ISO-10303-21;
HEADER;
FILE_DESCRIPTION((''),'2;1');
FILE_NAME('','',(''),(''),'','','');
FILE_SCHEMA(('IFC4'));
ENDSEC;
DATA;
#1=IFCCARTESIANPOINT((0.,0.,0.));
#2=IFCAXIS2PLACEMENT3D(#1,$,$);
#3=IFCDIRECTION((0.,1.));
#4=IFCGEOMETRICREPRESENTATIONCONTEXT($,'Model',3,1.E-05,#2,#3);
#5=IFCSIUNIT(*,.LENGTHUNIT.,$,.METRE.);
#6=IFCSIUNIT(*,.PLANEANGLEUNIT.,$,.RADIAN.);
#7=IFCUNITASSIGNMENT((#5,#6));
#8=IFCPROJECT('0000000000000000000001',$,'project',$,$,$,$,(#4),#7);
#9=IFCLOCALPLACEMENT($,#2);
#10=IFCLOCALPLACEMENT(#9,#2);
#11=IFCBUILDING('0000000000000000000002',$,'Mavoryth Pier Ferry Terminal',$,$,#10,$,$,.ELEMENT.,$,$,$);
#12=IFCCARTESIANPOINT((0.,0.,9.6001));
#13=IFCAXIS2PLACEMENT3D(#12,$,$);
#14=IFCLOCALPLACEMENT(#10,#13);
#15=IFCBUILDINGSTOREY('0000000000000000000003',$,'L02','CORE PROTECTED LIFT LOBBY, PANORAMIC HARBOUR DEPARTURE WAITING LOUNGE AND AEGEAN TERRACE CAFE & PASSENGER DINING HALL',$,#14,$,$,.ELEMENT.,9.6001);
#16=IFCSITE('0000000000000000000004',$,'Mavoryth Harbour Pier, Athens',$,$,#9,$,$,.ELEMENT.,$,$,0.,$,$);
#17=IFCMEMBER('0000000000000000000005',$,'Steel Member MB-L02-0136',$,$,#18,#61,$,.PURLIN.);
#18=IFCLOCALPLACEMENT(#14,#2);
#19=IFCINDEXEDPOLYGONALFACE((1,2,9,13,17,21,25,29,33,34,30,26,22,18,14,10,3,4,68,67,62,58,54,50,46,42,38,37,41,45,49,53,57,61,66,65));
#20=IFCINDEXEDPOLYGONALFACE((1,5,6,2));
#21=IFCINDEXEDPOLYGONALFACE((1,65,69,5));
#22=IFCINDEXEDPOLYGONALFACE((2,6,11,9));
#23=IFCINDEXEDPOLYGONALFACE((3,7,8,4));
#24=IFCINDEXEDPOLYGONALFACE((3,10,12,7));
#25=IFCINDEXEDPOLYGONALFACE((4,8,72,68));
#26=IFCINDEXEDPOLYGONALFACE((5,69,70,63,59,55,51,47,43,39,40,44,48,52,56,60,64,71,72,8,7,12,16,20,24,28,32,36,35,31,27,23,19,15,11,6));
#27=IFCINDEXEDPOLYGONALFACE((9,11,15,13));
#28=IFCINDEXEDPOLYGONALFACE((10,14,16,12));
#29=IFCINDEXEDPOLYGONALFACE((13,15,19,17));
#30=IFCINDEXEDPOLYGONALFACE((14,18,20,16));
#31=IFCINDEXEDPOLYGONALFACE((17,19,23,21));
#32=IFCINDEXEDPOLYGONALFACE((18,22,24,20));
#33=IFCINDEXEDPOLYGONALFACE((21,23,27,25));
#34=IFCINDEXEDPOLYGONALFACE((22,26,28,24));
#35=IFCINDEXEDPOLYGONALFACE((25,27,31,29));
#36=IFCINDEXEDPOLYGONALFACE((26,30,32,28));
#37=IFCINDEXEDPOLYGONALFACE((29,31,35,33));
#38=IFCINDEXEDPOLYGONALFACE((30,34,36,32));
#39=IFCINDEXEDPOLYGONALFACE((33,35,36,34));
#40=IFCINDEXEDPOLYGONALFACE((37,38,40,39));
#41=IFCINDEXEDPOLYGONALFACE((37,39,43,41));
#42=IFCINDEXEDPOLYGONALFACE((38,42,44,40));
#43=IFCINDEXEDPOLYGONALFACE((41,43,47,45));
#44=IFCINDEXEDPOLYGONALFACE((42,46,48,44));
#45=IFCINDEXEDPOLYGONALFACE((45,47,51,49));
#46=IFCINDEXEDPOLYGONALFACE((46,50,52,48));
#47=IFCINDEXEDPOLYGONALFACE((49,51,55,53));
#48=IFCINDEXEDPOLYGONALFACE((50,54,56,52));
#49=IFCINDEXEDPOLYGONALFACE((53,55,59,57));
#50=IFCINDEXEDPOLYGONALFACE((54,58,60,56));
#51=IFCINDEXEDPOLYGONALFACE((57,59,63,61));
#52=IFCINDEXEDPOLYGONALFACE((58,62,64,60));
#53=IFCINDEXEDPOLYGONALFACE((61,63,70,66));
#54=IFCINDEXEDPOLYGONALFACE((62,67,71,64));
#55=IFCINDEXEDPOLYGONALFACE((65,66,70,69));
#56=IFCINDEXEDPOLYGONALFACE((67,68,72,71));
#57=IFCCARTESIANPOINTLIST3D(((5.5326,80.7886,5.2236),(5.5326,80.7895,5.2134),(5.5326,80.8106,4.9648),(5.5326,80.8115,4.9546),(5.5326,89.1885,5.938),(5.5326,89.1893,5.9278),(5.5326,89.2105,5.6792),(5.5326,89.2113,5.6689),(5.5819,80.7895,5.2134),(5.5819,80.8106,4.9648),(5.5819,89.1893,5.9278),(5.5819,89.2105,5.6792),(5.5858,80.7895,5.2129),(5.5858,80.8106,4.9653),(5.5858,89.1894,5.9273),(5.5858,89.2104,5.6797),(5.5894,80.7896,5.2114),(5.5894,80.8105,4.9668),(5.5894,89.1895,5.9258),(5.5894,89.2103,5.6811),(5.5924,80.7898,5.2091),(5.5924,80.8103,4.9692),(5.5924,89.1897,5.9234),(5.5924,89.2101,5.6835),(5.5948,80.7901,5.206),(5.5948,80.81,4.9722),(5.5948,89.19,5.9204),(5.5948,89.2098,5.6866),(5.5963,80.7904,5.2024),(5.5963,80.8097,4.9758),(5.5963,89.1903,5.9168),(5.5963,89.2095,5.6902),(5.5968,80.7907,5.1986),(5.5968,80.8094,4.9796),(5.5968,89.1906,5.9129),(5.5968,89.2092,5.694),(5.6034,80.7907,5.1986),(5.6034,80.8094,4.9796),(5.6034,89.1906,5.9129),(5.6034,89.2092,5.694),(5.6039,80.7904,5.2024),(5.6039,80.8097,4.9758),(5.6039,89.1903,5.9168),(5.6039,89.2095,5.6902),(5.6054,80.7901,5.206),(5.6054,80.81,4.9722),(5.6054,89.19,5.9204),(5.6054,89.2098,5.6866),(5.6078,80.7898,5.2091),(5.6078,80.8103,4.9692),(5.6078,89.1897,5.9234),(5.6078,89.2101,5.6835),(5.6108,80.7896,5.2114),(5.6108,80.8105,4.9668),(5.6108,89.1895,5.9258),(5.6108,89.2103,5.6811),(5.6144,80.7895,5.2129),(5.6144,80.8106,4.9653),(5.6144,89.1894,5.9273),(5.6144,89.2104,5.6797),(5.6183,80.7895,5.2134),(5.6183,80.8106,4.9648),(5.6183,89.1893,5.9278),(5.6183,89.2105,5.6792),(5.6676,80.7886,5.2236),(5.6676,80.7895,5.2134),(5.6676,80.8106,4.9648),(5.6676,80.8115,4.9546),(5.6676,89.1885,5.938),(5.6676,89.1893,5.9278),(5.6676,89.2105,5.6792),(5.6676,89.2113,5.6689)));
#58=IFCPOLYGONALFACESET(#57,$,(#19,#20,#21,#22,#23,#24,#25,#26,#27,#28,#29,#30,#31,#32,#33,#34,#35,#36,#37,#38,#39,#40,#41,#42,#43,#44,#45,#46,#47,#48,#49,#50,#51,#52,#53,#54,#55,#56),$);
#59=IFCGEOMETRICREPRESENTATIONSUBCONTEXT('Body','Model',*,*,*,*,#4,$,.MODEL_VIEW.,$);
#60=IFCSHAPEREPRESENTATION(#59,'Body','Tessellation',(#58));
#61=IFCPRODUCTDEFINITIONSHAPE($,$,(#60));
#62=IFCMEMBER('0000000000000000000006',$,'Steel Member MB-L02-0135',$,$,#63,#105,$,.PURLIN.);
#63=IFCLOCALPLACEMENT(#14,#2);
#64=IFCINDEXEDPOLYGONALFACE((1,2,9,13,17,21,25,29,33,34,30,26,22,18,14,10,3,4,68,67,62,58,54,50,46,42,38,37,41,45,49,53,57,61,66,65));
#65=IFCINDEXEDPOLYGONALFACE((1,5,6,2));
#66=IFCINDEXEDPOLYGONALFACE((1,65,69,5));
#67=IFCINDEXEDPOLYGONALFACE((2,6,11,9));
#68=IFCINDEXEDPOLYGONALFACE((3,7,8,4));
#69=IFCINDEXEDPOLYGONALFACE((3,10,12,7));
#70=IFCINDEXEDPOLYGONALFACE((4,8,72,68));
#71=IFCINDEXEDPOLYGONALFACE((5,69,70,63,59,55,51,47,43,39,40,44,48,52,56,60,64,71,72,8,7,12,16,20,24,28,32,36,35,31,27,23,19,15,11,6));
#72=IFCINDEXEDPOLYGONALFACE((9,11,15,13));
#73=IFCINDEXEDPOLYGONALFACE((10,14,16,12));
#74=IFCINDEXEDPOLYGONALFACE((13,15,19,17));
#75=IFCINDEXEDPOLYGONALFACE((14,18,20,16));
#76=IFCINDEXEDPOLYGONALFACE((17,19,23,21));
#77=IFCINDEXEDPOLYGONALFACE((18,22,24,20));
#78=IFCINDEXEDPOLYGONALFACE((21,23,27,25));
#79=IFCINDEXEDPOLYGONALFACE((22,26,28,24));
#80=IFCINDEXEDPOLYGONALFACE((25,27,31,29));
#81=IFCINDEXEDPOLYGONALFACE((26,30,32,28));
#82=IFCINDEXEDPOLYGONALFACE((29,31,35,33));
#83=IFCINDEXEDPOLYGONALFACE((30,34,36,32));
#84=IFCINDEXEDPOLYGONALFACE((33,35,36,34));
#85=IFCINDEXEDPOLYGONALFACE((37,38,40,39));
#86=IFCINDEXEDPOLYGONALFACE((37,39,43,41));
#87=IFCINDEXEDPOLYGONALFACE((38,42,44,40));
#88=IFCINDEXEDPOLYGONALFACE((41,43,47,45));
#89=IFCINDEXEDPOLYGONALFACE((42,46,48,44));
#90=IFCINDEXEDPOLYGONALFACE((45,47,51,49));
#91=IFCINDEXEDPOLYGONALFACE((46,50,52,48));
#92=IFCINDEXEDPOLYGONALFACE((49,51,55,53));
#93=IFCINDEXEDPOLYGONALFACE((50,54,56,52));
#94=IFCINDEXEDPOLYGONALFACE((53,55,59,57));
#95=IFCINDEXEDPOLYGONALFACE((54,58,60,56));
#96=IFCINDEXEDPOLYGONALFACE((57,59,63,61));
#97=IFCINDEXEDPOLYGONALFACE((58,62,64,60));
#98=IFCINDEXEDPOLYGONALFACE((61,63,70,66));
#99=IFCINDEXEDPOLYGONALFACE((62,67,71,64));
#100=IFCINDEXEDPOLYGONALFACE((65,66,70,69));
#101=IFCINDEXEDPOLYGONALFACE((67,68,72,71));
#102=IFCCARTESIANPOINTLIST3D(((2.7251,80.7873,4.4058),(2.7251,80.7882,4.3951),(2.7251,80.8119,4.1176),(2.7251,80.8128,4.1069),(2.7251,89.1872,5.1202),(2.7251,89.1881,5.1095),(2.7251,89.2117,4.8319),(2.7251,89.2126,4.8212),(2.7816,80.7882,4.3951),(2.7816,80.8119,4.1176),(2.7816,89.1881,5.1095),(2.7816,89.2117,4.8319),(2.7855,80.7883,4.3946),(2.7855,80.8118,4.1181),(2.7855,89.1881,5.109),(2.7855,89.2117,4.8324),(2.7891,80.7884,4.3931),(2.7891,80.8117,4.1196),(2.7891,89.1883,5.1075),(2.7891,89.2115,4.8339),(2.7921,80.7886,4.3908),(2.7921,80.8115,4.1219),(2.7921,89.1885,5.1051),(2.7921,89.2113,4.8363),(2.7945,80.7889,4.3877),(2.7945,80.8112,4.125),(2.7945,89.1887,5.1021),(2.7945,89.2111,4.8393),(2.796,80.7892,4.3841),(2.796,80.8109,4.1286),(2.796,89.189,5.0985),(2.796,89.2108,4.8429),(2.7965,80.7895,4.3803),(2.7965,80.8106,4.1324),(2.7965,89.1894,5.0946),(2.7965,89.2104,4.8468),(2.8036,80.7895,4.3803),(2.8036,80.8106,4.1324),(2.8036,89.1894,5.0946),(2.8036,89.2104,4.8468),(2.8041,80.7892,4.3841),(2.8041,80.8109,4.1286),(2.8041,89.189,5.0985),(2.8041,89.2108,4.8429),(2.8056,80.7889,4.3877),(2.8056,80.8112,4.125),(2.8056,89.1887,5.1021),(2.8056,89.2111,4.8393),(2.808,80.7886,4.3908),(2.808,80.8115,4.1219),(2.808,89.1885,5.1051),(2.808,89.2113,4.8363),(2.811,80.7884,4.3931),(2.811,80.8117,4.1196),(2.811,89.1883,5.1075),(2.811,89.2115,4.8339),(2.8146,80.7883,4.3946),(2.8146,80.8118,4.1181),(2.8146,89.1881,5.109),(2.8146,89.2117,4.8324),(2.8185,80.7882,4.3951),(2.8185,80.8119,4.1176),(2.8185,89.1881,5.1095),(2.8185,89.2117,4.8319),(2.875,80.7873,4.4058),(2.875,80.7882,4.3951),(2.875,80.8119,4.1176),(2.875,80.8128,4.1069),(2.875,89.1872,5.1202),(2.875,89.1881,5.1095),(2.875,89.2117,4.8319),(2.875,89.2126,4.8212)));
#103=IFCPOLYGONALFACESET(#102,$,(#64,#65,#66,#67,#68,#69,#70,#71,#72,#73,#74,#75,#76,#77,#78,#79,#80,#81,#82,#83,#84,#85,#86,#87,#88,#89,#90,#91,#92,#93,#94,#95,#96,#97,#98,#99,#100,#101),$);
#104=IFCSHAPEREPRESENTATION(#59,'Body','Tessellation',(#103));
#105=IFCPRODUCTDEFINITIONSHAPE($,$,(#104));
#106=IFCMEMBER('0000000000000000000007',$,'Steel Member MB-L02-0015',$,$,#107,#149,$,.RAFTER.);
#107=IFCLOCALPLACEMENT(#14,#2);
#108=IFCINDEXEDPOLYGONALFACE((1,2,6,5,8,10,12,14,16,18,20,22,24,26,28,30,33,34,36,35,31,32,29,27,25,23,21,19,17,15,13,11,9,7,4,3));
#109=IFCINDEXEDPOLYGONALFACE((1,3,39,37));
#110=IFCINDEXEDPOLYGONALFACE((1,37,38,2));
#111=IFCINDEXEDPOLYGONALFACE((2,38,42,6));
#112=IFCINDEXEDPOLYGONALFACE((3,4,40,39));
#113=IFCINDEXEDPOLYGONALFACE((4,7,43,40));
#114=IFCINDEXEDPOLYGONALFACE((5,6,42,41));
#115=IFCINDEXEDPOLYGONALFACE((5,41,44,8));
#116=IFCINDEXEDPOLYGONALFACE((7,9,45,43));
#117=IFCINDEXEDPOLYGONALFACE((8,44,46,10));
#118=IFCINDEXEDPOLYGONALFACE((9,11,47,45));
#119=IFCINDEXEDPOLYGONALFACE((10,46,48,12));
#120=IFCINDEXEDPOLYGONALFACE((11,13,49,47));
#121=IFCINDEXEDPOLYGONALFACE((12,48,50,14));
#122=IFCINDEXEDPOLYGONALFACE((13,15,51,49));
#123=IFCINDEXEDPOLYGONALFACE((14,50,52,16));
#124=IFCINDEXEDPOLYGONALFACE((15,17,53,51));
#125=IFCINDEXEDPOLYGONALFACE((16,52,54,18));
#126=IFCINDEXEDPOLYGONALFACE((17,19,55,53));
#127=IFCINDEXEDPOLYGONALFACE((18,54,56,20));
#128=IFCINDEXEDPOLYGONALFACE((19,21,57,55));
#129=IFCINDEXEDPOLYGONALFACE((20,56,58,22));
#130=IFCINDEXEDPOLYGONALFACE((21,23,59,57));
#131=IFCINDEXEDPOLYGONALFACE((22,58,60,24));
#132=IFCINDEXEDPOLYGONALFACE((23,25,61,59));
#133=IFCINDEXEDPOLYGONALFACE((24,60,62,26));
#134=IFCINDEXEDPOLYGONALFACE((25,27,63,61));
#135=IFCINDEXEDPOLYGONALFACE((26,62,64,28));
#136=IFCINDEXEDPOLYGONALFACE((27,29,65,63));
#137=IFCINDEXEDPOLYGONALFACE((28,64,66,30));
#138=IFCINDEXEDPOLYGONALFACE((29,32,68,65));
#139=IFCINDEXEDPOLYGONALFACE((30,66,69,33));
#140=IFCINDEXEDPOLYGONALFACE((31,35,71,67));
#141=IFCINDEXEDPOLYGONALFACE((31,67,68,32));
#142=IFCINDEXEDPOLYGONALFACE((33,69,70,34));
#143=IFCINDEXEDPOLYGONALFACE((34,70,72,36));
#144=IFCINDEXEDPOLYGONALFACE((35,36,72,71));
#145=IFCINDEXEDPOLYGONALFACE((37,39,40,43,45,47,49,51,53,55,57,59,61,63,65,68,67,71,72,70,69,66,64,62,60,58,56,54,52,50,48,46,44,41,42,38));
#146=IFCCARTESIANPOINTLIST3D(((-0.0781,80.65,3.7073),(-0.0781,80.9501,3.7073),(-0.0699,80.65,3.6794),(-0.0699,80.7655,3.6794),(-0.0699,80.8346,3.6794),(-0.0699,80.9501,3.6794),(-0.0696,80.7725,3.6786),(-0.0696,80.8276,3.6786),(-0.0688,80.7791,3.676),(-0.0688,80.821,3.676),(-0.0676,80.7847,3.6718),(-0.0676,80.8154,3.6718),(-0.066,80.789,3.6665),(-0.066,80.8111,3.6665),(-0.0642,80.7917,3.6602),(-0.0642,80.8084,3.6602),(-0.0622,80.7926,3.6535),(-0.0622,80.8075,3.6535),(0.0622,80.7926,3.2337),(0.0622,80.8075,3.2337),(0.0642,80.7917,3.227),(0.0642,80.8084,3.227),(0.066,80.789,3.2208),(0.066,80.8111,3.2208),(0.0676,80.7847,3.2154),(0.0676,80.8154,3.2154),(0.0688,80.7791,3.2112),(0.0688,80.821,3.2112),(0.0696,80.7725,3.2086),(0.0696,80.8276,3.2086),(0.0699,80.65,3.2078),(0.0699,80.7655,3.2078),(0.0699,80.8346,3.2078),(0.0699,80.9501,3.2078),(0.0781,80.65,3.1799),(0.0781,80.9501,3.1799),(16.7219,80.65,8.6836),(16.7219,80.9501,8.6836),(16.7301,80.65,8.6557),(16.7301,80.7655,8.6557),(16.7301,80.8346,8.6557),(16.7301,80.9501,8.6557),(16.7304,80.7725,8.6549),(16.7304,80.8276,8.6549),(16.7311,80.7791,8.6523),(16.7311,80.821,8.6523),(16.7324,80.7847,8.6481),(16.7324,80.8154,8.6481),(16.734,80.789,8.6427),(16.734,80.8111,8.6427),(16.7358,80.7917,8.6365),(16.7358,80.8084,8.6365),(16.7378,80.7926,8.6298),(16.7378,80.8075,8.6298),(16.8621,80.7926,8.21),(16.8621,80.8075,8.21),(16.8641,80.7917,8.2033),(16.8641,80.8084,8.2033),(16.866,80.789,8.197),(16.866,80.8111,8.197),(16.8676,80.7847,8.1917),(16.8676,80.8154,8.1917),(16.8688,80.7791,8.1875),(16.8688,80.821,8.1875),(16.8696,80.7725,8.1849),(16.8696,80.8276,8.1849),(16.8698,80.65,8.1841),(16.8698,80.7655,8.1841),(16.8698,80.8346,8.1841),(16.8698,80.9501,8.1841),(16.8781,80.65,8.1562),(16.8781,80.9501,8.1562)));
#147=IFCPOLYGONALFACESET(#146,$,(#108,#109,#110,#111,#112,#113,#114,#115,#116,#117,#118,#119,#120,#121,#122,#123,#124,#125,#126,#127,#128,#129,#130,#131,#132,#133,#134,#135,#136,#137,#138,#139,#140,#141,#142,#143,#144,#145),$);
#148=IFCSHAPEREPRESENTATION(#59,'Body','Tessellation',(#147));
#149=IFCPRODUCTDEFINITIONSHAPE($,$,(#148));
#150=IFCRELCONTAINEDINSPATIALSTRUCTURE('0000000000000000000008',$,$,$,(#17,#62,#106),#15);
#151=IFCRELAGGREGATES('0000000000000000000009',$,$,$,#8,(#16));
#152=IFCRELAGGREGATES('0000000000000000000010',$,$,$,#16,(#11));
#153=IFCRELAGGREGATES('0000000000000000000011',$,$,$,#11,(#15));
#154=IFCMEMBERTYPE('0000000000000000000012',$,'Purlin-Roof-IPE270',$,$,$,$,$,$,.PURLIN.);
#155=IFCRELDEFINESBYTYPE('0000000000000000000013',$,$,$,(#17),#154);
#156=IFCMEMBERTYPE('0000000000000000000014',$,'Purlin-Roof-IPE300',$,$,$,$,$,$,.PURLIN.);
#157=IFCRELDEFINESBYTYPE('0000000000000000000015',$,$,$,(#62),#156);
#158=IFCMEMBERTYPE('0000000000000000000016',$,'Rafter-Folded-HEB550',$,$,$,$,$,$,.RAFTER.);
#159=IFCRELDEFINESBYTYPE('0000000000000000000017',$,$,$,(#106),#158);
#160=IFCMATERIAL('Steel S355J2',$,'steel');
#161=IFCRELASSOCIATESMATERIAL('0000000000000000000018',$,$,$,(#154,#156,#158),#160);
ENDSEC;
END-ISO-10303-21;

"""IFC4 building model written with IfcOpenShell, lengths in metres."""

from ifc_helpers import new_model, si_unit, direction, frame, origin, origin_2d, place, context, subcontext, project, spatial, i_section, extrude, material, material_profile, profile_set, type_object, element, save


model = new_model("IFC4")

# Units and contexts
model_context = context("Model", 3, precision=1e-05, world=origin(), true_north=direction((0.0, 1.0)))
body_context = subcontext(model_context, "Body", "Model", "MODEL_VIEW")
ifc_project = project(units=[si_unit("LENGTHUNIT", "METRE"), si_unit("PLANEANGLEUNIT", "RADIAN")], contexts=[model_context])

# Site, building, storey
site_placement = place(None, origin())
site = spatial("IfcSite", under=ifc_project, at=site_placement, Name="Mavoryth Harbour Pier, Athens", CompositionType="ELEMENT", RefElevation=0.0)
building_placement = place(site_placement, origin())
building = spatial("IfcBuilding", under=site, at=building_placement, Name="Mavoryth Pier Ferry Terminal", CompositionType="ELEMENT")
storey_placement = place(building_placement, frame((0.0, 0.0, 9.6001)))
storey = spatial("IfcBuildingStorey", under=building, at=storey_placement, Name="L02", Description="CORE PROTECTED LIFT LOBBY, PANORAMIC HARBOUR DEPARTURE WAITING LOUNGE AND AEGEAN TERRACE CAFE & PASSENGER DINING HALL", CompositionType="ELEMENT", Elevation=9.6001)

# Shared definitions
ifc_material_1 = material(Name="Steel S355J2", Category="steel")

# Members
ifc_material_profile_1 = material_profile(ifc_material_1, i_section(OverallWidth=0.135, OverallDepth=0.27, WebThickness=0.0066, FlangeThickness=0.0103, FilletRadius=0.0149, at=origin_2d()), Name="IPE 270", Category="steel")
ifc_profile_set_1 = profile_set([ifc_material_profile_1], Name="Steel S355J2 - IPE 270")
member_type_1 = type_object("IfcMemberType", Name="Purlin-Roof-IPE270", PredefinedType="PURLIN", material=ifc_profile_set_1)
member_1_placement = place(storey_placement, frame((5.6001, 80.8, 5.0891), z_axis=(0.0, 0.996403, 0.084737), x_axis=(-1.0, 0.0, 0.0)))
element("IfcMember", 1, at=member_1_placement, inside=storey, type_object=member_type_1, Name="Steel Member MB-L02-0136", PredefinedType="PURLIN", context=body_context, shape_type="SweptSolid", body=[
    extrude(i_section(OverallWidth=0.135, OverallDepth=0.27, WebThickness=0.0066, FlangeThickness=0.0103, FilletRadius=0.0149, at=origin_2d()), origin(), (0.0, 0.0, 1.0), 8.4302),
])
ifc_material_profile_2 = material_profile(ifc_material_1, i_section(OverallWidth=0.1499, OverallDepth=0.3, WebThickness=0.0071, FlangeThickness=0.0107, FilletRadius=0.0149, at=origin_2d()), Name="IPE 300", Category="steel")
ifc_profile_set_2 = profile_set([ifc_material_profile_2], Name="Steel S355J2 - IPE 300")
member_type_2 = type_object("IfcMemberType", Name="Purlin-Roof-IPE300", PredefinedType="PURLIN", material=ifc_profile_set_2)
member_2_placement = place(storey_placement, frame((2.8, 80.8, 4.2563), z_axis=(0.0, 0.996403, 0.084737), x_axis=(-1.0, 0.0, 0.0)))
element("IfcMember", 2, at=member_2_placement, inside=storey, type_object=member_type_2, Name="Steel Member MB-L02-0135", PredefinedType="PURLIN", context=body_context, shape_type="SweptSolid", body=[
    extrude(i_section(OverallWidth=0.1499, OverallDepth=0.3, WebThickness=0.0071, FlangeThickness=0.0107, FilletRadius=0.0149, at=origin_2d()), origin(), (0.0, 0.0, 1.0), 8.4302),
])
ifc_material_profile_3 = material_profile(ifc_material_1, i_section(OverallWidth=0.3, OverallDepth=0.55, WebThickness=0.0149, FlangeThickness=0.0291, FilletRadius=0.0271, at=origin_2d()), Name="HEB 550", Category="steel")
ifc_profile_set_3 = profile_set([ifc_material_profile_3], Name="Steel S355J2 - HEB 550")
member_type_3 = type_object("IfcMemberType", Name="Rafter-Folded-HEB550", PredefinedType="RAFTER", material=ifc_profile_set_3)
member_3_placement = place(storey_placement, frame((0.0, 80.8, 3.4436), z_axis=(0.958821, 0.0, 0.284011), x_axis=(0.0, 1.0, 0.0)))
element("IfcMember", 3, at=member_3_placement, inside=storey, type_object=member_type_3, Name="Steel Member MB-L02-0015", PredefinedType="RAFTER", context=body_context, shape_type="SweptSolid", body=[
    extrude(i_section(OverallWidth=0.3, OverallDepth=0.55, WebThickness=0.0149, FlangeThickness=0.0291, FilletRadius=0.0271, at=origin_2d()), origin(), (0.0, 0.0, 1.0), 17.5215),
])

save(model, "model.ifc")
